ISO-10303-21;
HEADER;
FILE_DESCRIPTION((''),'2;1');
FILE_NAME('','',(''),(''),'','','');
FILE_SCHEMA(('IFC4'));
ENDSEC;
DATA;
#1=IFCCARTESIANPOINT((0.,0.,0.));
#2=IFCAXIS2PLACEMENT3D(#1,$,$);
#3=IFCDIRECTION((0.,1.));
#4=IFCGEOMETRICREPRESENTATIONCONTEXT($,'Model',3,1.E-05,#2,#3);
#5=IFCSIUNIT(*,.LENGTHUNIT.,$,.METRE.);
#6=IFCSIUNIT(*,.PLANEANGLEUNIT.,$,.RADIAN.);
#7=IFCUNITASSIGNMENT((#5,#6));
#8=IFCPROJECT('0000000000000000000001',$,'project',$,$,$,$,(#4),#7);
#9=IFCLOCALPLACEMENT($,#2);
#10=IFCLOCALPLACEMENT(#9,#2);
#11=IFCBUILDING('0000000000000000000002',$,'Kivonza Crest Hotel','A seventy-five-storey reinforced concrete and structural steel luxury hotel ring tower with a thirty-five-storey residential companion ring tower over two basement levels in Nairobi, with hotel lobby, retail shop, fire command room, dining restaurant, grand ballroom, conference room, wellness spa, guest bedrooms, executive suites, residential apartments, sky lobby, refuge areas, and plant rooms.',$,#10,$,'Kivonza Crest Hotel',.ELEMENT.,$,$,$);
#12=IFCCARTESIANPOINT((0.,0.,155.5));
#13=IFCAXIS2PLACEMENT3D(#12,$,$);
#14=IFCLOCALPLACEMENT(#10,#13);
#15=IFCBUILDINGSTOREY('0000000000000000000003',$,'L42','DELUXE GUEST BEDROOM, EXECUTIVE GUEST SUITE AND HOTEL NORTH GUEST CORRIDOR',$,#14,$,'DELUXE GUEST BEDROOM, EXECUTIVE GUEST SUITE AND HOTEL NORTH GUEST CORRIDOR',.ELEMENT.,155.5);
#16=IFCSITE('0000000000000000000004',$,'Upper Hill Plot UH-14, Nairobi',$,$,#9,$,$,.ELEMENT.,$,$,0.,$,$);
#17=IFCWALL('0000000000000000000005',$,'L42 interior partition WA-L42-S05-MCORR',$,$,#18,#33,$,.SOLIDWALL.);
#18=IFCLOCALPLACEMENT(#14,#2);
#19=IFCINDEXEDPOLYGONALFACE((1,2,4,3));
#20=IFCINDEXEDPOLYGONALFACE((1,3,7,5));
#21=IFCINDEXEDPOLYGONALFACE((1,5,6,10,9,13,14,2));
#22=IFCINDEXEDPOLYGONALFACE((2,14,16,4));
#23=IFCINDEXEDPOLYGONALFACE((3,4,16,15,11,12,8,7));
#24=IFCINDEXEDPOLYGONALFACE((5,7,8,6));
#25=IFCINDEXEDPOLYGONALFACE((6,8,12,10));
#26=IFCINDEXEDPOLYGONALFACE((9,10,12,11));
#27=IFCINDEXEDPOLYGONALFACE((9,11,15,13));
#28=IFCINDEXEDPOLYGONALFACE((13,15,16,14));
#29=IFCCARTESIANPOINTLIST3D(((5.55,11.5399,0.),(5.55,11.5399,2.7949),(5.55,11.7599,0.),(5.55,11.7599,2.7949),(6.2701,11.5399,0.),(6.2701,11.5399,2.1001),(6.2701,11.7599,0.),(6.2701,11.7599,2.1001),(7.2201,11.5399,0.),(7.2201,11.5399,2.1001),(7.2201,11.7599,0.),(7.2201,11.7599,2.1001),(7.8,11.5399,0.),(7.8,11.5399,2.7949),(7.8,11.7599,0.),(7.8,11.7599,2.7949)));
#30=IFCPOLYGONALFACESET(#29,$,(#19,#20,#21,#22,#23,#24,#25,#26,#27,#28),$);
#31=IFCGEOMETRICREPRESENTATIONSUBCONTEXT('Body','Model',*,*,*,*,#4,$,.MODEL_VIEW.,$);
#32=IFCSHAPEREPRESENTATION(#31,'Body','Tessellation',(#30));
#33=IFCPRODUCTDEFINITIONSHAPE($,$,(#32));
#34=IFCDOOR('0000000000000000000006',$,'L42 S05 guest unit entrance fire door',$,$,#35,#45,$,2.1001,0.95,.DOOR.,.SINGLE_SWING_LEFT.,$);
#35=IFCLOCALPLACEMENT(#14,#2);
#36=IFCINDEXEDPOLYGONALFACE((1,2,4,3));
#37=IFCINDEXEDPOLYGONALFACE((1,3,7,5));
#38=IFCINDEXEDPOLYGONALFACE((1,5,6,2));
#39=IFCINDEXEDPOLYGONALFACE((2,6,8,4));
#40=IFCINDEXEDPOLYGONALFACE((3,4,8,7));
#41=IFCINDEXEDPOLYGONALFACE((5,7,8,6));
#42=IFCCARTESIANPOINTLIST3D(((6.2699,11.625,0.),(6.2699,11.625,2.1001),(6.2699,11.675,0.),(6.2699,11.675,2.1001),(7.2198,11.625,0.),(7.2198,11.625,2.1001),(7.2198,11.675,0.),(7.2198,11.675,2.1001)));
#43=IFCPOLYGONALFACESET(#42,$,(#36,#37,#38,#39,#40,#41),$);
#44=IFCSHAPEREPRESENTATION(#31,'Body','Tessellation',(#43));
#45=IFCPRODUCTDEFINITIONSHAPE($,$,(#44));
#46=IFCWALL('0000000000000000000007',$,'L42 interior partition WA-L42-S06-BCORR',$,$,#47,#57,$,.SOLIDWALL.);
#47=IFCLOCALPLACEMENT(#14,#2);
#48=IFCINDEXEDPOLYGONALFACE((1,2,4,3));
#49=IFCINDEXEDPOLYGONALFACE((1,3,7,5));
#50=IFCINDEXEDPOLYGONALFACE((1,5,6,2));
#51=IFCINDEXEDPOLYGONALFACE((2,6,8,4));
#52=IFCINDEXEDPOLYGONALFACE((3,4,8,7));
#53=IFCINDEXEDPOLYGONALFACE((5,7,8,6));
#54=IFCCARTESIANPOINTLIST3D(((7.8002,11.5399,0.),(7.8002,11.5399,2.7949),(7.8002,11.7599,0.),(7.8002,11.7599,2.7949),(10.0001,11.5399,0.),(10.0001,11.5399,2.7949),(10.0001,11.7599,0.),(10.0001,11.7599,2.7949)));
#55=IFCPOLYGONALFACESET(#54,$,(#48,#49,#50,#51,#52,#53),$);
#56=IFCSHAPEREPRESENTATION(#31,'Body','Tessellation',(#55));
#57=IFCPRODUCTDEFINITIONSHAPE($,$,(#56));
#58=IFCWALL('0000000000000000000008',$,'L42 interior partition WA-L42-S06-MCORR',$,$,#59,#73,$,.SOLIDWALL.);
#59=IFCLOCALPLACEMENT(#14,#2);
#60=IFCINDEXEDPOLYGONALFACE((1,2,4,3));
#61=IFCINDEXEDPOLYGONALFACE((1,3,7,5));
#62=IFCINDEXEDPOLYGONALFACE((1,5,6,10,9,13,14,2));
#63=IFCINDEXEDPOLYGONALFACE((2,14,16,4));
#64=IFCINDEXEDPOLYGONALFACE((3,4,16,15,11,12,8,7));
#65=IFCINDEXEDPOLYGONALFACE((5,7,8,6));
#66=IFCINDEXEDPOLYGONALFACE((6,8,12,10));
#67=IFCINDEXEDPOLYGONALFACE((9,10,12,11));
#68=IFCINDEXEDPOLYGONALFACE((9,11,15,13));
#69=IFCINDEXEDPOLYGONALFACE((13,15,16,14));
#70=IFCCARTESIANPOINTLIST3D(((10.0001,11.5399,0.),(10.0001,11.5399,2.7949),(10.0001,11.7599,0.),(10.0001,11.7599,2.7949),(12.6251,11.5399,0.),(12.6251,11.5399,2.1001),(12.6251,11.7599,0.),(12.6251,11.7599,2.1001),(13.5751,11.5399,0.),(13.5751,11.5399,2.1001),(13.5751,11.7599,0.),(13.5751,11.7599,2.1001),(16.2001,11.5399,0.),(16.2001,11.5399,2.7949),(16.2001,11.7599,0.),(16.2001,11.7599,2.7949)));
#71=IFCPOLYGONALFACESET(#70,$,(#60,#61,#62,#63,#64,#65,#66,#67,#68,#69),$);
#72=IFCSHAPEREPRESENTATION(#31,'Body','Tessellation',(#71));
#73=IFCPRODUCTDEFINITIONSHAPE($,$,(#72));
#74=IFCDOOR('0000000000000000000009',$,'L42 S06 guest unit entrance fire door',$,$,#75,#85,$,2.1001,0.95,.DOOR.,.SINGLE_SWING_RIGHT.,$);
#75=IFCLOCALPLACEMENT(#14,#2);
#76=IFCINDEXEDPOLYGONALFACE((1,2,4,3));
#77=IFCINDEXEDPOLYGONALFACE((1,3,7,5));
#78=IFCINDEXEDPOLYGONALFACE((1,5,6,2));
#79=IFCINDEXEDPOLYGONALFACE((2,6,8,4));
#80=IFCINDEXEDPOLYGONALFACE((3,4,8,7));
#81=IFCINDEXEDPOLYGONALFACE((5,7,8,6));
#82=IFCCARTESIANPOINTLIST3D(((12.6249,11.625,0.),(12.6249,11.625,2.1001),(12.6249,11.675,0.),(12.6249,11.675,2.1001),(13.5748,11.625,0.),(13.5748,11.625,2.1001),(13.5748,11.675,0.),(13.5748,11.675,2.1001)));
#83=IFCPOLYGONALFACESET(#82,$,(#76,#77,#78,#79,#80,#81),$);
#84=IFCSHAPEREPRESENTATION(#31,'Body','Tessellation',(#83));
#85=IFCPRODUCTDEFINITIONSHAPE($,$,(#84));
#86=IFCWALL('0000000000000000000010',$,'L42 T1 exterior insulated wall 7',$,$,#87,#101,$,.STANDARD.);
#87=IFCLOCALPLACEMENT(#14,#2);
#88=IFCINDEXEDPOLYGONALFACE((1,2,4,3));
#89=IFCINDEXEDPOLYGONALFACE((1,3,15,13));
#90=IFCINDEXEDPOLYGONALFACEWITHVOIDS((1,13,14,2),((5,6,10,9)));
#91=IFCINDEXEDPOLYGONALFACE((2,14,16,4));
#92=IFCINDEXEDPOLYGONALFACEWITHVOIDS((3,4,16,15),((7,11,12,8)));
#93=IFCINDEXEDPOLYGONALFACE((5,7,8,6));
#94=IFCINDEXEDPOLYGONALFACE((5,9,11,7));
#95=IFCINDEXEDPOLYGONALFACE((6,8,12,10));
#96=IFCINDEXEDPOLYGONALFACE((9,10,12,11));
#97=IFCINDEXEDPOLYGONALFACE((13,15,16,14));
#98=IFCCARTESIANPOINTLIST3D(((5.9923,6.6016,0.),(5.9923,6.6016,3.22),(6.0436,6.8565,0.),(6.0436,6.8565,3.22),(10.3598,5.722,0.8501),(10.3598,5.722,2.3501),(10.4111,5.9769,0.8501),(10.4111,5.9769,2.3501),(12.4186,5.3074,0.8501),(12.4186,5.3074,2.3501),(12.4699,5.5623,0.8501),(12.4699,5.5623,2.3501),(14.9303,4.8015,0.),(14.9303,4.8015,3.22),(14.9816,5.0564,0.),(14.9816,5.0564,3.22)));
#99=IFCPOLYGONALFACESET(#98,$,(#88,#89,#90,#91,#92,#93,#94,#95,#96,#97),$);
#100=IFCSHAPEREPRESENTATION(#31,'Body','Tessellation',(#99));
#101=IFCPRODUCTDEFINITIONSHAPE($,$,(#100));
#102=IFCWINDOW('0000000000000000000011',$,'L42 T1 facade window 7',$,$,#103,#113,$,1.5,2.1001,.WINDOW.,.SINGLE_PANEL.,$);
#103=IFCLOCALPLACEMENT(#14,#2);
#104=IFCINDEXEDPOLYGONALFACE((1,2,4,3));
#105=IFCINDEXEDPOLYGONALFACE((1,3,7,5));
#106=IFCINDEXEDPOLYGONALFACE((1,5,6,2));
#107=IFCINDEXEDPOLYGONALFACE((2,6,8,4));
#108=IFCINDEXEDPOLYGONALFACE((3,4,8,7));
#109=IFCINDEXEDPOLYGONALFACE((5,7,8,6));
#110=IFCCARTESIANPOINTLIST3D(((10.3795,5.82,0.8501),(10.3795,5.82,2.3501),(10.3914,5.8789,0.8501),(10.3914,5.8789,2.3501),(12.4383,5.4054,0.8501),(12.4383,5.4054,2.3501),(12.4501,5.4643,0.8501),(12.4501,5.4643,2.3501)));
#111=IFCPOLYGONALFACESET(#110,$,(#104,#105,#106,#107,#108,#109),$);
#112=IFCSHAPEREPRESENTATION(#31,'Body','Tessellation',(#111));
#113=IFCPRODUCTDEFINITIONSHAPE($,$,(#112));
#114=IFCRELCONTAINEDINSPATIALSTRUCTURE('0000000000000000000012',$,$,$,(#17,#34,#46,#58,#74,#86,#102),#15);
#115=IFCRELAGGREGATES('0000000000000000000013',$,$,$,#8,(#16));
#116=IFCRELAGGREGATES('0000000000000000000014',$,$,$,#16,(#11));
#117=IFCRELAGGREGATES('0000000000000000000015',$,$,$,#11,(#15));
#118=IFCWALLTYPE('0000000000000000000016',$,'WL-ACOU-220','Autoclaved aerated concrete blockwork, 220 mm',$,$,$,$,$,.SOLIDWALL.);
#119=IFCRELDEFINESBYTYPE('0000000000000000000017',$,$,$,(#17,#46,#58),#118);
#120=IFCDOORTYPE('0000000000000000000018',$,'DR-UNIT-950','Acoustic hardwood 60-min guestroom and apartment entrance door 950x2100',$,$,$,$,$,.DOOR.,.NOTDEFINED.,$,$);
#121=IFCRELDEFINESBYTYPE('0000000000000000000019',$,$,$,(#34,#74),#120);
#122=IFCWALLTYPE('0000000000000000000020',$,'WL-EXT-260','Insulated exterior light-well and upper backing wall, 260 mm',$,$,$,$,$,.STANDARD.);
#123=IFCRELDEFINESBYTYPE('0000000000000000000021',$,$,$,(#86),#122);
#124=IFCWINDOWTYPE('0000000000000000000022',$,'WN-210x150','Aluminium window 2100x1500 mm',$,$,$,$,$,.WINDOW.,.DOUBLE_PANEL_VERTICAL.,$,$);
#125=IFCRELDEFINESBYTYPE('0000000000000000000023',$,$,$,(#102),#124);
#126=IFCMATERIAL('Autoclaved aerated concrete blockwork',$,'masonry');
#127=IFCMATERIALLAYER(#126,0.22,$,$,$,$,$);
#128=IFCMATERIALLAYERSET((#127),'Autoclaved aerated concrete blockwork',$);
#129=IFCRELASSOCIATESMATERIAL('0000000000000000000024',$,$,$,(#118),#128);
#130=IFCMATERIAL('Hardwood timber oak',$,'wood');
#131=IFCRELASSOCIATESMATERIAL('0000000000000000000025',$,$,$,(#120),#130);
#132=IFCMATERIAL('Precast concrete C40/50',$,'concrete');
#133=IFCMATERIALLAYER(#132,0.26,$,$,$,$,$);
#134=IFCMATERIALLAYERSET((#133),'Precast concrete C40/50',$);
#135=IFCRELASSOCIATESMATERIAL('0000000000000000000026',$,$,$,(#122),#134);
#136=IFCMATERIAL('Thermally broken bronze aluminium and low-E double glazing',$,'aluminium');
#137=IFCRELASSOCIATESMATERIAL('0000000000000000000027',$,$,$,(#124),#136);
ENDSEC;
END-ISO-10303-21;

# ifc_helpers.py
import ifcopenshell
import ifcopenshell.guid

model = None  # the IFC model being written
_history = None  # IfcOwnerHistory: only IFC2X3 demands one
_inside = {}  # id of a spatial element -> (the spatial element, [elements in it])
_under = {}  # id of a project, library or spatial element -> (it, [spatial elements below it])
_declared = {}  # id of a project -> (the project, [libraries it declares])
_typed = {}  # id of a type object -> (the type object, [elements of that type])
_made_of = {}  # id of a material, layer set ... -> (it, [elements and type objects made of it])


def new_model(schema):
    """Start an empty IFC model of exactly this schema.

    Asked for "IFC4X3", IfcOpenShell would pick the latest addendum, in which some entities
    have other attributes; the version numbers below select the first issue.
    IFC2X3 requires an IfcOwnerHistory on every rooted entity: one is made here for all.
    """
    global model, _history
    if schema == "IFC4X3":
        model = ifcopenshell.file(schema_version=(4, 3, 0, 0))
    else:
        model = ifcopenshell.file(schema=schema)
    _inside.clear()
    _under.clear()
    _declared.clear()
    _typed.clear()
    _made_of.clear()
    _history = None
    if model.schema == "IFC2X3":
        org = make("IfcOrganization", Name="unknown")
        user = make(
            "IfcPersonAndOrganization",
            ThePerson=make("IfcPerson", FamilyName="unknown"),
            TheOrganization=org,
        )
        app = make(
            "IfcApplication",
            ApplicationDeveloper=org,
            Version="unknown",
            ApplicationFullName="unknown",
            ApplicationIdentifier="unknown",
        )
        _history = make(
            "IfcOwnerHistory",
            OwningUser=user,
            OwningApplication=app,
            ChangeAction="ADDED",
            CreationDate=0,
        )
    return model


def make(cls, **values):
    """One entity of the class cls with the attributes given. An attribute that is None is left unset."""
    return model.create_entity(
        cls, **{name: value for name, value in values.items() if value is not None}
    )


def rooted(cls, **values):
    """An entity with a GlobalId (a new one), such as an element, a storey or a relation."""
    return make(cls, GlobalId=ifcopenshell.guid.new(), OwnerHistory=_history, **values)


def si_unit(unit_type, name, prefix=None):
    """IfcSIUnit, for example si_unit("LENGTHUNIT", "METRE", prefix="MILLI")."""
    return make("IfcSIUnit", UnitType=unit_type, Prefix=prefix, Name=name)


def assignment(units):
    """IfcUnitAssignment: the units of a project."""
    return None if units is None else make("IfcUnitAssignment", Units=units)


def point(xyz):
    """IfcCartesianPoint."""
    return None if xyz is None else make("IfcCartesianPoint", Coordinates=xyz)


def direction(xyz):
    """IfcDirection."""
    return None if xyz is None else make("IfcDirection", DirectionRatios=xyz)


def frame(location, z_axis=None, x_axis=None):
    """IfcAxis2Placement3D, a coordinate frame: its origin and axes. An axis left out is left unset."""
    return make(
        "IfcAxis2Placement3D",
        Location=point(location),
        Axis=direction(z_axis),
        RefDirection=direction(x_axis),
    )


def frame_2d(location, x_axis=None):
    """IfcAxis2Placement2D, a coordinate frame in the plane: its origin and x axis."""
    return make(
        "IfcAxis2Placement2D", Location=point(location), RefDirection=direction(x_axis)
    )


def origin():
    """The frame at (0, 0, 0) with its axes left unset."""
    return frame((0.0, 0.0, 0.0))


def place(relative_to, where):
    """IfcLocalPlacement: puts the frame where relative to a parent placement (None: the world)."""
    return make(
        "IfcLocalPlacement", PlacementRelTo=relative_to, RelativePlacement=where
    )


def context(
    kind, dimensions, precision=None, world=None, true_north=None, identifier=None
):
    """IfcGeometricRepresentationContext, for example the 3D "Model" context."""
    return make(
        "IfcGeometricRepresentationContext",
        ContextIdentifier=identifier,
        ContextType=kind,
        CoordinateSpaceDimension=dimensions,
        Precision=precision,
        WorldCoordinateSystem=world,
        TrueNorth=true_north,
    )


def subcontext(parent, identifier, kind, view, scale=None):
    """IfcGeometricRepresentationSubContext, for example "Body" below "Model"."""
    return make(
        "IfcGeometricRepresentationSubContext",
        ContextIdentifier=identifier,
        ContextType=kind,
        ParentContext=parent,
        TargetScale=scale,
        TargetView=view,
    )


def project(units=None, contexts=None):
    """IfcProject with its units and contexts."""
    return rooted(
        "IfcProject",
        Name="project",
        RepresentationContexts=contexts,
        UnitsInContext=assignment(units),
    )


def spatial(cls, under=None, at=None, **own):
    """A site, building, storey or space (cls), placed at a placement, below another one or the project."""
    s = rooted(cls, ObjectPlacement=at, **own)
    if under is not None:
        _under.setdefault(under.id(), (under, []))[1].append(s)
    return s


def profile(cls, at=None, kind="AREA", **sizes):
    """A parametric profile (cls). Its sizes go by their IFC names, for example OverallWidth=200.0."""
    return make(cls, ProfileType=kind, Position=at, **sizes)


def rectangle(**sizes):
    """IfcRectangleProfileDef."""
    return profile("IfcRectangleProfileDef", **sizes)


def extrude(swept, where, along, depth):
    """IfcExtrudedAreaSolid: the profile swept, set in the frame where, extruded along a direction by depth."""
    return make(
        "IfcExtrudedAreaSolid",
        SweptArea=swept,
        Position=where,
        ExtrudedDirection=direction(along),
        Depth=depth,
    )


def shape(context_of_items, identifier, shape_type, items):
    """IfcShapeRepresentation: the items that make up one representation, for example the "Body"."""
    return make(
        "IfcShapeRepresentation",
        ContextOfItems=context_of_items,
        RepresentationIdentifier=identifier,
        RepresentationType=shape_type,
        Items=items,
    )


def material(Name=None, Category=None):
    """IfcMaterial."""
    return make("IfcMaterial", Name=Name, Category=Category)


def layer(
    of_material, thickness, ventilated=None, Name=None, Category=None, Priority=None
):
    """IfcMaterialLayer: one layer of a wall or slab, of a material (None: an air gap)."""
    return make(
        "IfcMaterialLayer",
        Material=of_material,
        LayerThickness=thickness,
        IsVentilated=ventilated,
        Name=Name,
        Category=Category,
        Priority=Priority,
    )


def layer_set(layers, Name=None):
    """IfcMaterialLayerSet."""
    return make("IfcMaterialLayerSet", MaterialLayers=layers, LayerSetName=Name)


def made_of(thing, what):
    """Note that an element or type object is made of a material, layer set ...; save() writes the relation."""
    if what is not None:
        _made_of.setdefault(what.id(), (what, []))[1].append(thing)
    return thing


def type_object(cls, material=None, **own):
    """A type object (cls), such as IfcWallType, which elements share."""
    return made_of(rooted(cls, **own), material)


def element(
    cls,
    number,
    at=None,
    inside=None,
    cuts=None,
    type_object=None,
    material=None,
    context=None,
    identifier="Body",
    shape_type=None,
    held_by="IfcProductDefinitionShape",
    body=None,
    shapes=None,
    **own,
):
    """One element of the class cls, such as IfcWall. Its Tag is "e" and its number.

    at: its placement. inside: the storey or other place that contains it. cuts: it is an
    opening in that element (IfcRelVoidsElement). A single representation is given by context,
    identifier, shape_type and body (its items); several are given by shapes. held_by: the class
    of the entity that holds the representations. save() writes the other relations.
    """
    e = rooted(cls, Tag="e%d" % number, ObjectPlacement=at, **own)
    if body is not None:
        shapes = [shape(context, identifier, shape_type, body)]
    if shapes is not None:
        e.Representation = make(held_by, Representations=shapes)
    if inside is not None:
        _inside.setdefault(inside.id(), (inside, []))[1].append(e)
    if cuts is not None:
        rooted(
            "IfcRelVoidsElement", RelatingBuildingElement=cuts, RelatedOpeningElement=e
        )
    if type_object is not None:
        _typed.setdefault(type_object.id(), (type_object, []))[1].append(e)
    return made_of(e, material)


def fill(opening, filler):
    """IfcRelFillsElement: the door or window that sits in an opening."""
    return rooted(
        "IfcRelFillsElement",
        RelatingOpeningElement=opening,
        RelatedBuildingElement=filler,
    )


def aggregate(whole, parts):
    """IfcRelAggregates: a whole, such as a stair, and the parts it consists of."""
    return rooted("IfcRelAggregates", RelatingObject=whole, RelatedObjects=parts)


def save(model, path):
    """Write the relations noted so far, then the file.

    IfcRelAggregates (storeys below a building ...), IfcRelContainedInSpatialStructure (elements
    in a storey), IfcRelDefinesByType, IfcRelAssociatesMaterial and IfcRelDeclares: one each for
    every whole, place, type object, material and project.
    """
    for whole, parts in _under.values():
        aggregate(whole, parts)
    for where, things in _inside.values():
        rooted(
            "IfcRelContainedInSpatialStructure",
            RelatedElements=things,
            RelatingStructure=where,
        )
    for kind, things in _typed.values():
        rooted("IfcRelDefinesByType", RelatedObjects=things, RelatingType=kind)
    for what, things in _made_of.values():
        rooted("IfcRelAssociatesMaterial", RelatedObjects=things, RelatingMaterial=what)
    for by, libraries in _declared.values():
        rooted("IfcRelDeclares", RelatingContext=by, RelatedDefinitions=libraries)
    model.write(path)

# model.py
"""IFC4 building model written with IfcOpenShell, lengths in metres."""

from ifc_helpers import new_model, si_unit, direction, frame, frame_2d, origin, place, context, subcontext, project, spatial, rectangle, extrude, material, layer, layer_set, type_object, element, fill, save


model = new_model("IFC4")

# Units and contexts
model_context = context("Model", 3, precision=1e-05, world=origin(), true_north=direction((0.0, 1.0)))
body_context = subcontext(model_context, "Body", "Model", "MODEL_VIEW")
ifc_project = project(units=[si_unit("LENGTHUNIT", "METRE"), si_unit("PLANEANGLEUNIT", "RADIAN")], contexts=[model_context])

# Site, building, storey
site_placement = place(None, origin())
site = spatial("IfcSite", under=ifc_project, at=site_placement, Name="Upper Hill Plot UH-14, Nairobi", CompositionType="ELEMENT", RefElevation=0.0)
building_placement = place(site_placement, origin())
building = spatial("IfcBuilding", under=site, at=building_placement, Name="Kivonza Crest Hotel", Description="A seventy-five-storey reinforced concrete and structural steel luxury hotel ring tower with a thirty-five-storey residential companion ring tower over two basement levels in Nairobi, with hotel lobby, retail shop, fire command room, dining restaurant, grand ballroom, conference room, wellness spa, guest bedrooms, executive suites, residential apartments, sky lobby, refuge areas, and plant rooms.", LongName="Kivonza Crest Hotel", CompositionType="ELEMENT")
storey_placement = place(building_placement, frame((0.0, 0.0, 155.5)))
storey = spatial("IfcBuildingStorey", under=building, at=storey_placement, Name="L42", Description="DELUXE GUEST BEDROOM, EXECUTIVE GUEST SUITE AND HOTEL NORTH GUEST CORRIDOR", LongName="DELUXE GUEST BEDROOM, EXECUTIVE GUEST SUITE AND HOTEL NORTH GUEST CORRIDOR", CompositionType="ELEMENT", Elevation=155.5)

# Wall, opening, door
ifc_material_1 = material(Name="Autoclaved aerated concrete blockwork", Category="masonry")
ifc_layer_1 = layer(ifc_material_1, 0.22)
ifc_layer_set_1 = layer_set([ifc_layer_1], Name="Autoclaved aerated concrete blockwork")
wall_type_1 = type_object("IfcWallType", Name="WL-ACOU-220", Description="Autoclaved aerated concrete blockwork, 220 mm", PredefinedType="SOLIDWALL", material=ifc_layer_set_1)
wall_1_placement = place(storey_placement, frame((5.55, 11.6499, 0.0), z_axis=(0.0, 0.0, 1.0), x_axis=(1.0, 0.0, 0.0)))
wall_1 = element("IfcWall", 1, at=wall_1_placement, inside=storey, type_object=wall_type_1, Name="L42 interior partition WA-L42-S05-MCORR", PredefinedType="SOLIDWALL", context=body_context, shape_type="SweptSolid", body=[
    extrude(rectangle(XDim=2.25, YDim=0.22, at=frame_2d((1.125, 0.0))), origin(), (0.0, 0.0, 1.0), 2.7949),
])
opening_1_placement = place(wall_1_placement, frame((0.72, 0.0, 0.0)))
opening_1 = element("IfcOpeningElement", 2, at=opening_1_placement, cuts=wall_1, PredefinedType="OPENING", context=body_context, shape_type="SweptSolid", body=[
    extrude(rectangle(XDim=0.95, YDim=2.1001, at=frame_2d((0.4751, 1.05))), frame((0.0, 0.1201, 0.0), z_axis=(0.0, -1.0, 0.0), x_axis=(1.0, 0.0, 0.0)), (0.0, 0.0, 1.0), 0.24),
])
ifc_material_2 = material(Name="Hardwood timber oak", Category="wood")
door_type_1 = type_object("IfcDoorType", Name="DR-UNIT-950", Description="Acoustic hardwood 60-min guestroom and apartment entrance door 950x2100", OperationType="NOTDEFINED", PredefinedType="DOOR", material=ifc_material_2)
door_1_placement = place(opening_1_placement, frame((0.95, 0.0, 0.0), z_axis=(0.0, 0.0, 1.0), x_axis=(-1.0, 0.0, 0.0)))
door_1 = element("IfcDoor", 3, at=door_1_placement, inside=storey, type_object=door_type_1, Name="L42 S05 guest unit entrance fire door", OperationType="SINGLE_SWING_LEFT", OverallHeight=2.1001, OverallWidth=0.95, PredefinedType="DOOR", context=body_context, shape_type="SweptSolid", body=[
    extrude(rectangle(XDim=0.95, YDim=2.1001, at=frame_2d((0.4751, 1.05))), frame((0.0, 0.0249, 0.0), z_axis=(0.0, -1.0, 0.0), x_axis=(1.0, 0.0, 0.0)), (0.0, 0.0, 1.0), 0.05),
])
fill(opening_1, door_1)

# Wall
wall_2_placement = place(storey_placement, frame((7.8, 11.6499, 0.0), z_axis=(0.0, 0.0, 1.0), x_axis=(1.0, 0.0, 0.0)))
element("IfcWall", 4, at=wall_2_placement, inside=storey, type_object=wall_type_1, Name="L42 interior partition WA-L42-S06-BCORR", PredefinedType="SOLIDWALL", context=body_context, shape_type="SweptSolid", body=[
    extrude(rectangle(XDim=2.2, YDim=0.22, at=frame_2d((1.1001, 0.0))), origin(), (0.0, 0.0, 1.0), 2.7949),
])

# Wall, opening, door
wall_3_placement = place(storey_placement, frame((10.0, 11.6499, 0.0), z_axis=(0.0, 0.0, 1.0), x_axis=(1.0, 0.0, 0.0)))
wall_3 = element("IfcWall", 5, at=wall_3_placement, inside=storey, type_object=wall_type_1, Name="L42 interior partition WA-L42-S06-MCORR", PredefinedType="SOLIDWALL", context=body_context, shape_type="SweptSolid", body=[
    extrude(rectangle(XDim=6.2, YDim=0.22, at=frame_2d((3.1001, 0.0))), origin(), (0.0, 0.0, 1.0), 2.7949),
])
opening_2_placement = place(wall_3_placement, frame((2.625, 0.0, 0.0)))
opening_2 = element("IfcOpeningElement", 6, at=opening_2_placement, cuts=wall_3, PredefinedType="OPENING", context=body_context, shape_type="SweptSolid", body=[
    extrude(rectangle(XDim=0.95, YDim=2.1001, at=frame_2d((0.4751, 1.05))), frame((0.0, 0.1201, 0.0), z_axis=(0.0, -1.0, 0.0), x_axis=(1.0, 0.0, 0.0)), (0.0, 0.0, 1.0), 0.24),
])
door_2_placement = place(opening_2_placement, frame((0.95, 0.0, 0.0), z_axis=(0.0, 0.0, 1.0), x_axis=(-1.0, 0.0, 0.0)))
door_2 = element("IfcDoor", 7, at=door_2_placement, inside=storey, type_object=door_type_1, Name="L42 S06 guest unit entrance fire door", OperationType="SINGLE_SWING_RIGHT", OverallHeight=2.1001, OverallWidth=0.95, PredefinedType="DOOR", context=body_context, shape_type="SweptSolid", body=[
    extrude(rectangle(XDim=0.95, YDim=2.1001, at=frame_2d((0.4751, 1.05))), frame((0.0, 0.0249, 0.0), z_axis=(0.0, -1.0, 0.0), x_axis=(1.0, 0.0, 0.0)), (0.0, 0.0, 1.0), 0.05),
])
fill(opening_2, door_2)

# Wall, opening, window
ifc_material_3 = material(Name="Precast concrete C40/50", Category="concrete")
ifc_layer_2 = layer(ifc_material_3, 0.26)
ifc_layer_set_2 = layer_set([ifc_layer_2], Name="Precast concrete C40/50")
wall_type_2 = type_object("IfcWallType", Name="WL-EXT-260", Description="Insulated exterior light-well and upper backing wall, 260 mm", PredefinedType="STANDARD", material=ifc_layer_set_2)
wall_4_placement = place(storey_placement, frame((6.0181, 6.729, 0.0), z_axis=(0.0, 0.0, 1.0), x_axis=(0.980317, -0.197429, 0.0)))
wall_4 = element("IfcWall", 8, at=wall_4_placement, inside=storey, type_object=wall_type_2, Name="L42 T1 exterior insulated wall 7", PredefinedType="STANDARD", context=body_context, shape_type="SweptSolid", body=[
    extrude(rectangle(XDim=9.1174, YDim=0.26, at=frame_2d((4.5586, 0.0))), origin(), (0.0, 0.0, 1.0), 3.22),
])
opening_3_placement = place(wall_4_placement, frame((4.4551, 0.0, 0.8501)))
opening_3 = element("IfcOpeningElement", 9, at=opening_3_placement, cuts=wall_4, PredefinedType="OPENING", context=body_context, shape_type="SweptSolid", body=[
    extrude(rectangle(XDim=2.1001, YDim=1.5, at=frame_2d((1.05, 0.75))), frame((0.0, 0.1401, 0.0), z_axis=(0.0, -1.0, 0.0), x_axis=(1.0, 0.0, 0.0)), (0.0, 0.0, 1.0), 0.28),
])
ifc_material_4 = material(Name="Thermally broken bronze aluminium and low-E double glazing", Category="aluminium")
window_type = type_object("IfcWindowType", Name="WN-210x150", Description="Aluminium window 2100x1500 mm", PartitioningType="DOUBLE_PANEL_VERTICAL", PredefinedType="WINDOW", material=ifc_material_4)
window_1_placement = place(opening_3_placement, origin())
window_1 = element("IfcWindow", 10, at=window_1_placement, inside=storey, type_object=window_type, Name="L42 T1 facade window 7", OverallHeight=1.5, OverallWidth=2.1001, PartitioningType="SINGLE_PANEL", PredefinedType="WINDOW", context=body_context, shape_type="SweptSolid", body=[
    extrude(rectangle(XDim=2.1001, YDim=1.5, at=frame_2d((1.05, 0.75))), frame((0.0, 0.03, 0.0), z_axis=(0.0, -1.0, 0.0), x_axis=(1.0, 0.0, 0.0)), (0.0, 0.0, 1.0), 0.0601),
])
fill(opening_3, window_1)

save(model, "model.ifc")
